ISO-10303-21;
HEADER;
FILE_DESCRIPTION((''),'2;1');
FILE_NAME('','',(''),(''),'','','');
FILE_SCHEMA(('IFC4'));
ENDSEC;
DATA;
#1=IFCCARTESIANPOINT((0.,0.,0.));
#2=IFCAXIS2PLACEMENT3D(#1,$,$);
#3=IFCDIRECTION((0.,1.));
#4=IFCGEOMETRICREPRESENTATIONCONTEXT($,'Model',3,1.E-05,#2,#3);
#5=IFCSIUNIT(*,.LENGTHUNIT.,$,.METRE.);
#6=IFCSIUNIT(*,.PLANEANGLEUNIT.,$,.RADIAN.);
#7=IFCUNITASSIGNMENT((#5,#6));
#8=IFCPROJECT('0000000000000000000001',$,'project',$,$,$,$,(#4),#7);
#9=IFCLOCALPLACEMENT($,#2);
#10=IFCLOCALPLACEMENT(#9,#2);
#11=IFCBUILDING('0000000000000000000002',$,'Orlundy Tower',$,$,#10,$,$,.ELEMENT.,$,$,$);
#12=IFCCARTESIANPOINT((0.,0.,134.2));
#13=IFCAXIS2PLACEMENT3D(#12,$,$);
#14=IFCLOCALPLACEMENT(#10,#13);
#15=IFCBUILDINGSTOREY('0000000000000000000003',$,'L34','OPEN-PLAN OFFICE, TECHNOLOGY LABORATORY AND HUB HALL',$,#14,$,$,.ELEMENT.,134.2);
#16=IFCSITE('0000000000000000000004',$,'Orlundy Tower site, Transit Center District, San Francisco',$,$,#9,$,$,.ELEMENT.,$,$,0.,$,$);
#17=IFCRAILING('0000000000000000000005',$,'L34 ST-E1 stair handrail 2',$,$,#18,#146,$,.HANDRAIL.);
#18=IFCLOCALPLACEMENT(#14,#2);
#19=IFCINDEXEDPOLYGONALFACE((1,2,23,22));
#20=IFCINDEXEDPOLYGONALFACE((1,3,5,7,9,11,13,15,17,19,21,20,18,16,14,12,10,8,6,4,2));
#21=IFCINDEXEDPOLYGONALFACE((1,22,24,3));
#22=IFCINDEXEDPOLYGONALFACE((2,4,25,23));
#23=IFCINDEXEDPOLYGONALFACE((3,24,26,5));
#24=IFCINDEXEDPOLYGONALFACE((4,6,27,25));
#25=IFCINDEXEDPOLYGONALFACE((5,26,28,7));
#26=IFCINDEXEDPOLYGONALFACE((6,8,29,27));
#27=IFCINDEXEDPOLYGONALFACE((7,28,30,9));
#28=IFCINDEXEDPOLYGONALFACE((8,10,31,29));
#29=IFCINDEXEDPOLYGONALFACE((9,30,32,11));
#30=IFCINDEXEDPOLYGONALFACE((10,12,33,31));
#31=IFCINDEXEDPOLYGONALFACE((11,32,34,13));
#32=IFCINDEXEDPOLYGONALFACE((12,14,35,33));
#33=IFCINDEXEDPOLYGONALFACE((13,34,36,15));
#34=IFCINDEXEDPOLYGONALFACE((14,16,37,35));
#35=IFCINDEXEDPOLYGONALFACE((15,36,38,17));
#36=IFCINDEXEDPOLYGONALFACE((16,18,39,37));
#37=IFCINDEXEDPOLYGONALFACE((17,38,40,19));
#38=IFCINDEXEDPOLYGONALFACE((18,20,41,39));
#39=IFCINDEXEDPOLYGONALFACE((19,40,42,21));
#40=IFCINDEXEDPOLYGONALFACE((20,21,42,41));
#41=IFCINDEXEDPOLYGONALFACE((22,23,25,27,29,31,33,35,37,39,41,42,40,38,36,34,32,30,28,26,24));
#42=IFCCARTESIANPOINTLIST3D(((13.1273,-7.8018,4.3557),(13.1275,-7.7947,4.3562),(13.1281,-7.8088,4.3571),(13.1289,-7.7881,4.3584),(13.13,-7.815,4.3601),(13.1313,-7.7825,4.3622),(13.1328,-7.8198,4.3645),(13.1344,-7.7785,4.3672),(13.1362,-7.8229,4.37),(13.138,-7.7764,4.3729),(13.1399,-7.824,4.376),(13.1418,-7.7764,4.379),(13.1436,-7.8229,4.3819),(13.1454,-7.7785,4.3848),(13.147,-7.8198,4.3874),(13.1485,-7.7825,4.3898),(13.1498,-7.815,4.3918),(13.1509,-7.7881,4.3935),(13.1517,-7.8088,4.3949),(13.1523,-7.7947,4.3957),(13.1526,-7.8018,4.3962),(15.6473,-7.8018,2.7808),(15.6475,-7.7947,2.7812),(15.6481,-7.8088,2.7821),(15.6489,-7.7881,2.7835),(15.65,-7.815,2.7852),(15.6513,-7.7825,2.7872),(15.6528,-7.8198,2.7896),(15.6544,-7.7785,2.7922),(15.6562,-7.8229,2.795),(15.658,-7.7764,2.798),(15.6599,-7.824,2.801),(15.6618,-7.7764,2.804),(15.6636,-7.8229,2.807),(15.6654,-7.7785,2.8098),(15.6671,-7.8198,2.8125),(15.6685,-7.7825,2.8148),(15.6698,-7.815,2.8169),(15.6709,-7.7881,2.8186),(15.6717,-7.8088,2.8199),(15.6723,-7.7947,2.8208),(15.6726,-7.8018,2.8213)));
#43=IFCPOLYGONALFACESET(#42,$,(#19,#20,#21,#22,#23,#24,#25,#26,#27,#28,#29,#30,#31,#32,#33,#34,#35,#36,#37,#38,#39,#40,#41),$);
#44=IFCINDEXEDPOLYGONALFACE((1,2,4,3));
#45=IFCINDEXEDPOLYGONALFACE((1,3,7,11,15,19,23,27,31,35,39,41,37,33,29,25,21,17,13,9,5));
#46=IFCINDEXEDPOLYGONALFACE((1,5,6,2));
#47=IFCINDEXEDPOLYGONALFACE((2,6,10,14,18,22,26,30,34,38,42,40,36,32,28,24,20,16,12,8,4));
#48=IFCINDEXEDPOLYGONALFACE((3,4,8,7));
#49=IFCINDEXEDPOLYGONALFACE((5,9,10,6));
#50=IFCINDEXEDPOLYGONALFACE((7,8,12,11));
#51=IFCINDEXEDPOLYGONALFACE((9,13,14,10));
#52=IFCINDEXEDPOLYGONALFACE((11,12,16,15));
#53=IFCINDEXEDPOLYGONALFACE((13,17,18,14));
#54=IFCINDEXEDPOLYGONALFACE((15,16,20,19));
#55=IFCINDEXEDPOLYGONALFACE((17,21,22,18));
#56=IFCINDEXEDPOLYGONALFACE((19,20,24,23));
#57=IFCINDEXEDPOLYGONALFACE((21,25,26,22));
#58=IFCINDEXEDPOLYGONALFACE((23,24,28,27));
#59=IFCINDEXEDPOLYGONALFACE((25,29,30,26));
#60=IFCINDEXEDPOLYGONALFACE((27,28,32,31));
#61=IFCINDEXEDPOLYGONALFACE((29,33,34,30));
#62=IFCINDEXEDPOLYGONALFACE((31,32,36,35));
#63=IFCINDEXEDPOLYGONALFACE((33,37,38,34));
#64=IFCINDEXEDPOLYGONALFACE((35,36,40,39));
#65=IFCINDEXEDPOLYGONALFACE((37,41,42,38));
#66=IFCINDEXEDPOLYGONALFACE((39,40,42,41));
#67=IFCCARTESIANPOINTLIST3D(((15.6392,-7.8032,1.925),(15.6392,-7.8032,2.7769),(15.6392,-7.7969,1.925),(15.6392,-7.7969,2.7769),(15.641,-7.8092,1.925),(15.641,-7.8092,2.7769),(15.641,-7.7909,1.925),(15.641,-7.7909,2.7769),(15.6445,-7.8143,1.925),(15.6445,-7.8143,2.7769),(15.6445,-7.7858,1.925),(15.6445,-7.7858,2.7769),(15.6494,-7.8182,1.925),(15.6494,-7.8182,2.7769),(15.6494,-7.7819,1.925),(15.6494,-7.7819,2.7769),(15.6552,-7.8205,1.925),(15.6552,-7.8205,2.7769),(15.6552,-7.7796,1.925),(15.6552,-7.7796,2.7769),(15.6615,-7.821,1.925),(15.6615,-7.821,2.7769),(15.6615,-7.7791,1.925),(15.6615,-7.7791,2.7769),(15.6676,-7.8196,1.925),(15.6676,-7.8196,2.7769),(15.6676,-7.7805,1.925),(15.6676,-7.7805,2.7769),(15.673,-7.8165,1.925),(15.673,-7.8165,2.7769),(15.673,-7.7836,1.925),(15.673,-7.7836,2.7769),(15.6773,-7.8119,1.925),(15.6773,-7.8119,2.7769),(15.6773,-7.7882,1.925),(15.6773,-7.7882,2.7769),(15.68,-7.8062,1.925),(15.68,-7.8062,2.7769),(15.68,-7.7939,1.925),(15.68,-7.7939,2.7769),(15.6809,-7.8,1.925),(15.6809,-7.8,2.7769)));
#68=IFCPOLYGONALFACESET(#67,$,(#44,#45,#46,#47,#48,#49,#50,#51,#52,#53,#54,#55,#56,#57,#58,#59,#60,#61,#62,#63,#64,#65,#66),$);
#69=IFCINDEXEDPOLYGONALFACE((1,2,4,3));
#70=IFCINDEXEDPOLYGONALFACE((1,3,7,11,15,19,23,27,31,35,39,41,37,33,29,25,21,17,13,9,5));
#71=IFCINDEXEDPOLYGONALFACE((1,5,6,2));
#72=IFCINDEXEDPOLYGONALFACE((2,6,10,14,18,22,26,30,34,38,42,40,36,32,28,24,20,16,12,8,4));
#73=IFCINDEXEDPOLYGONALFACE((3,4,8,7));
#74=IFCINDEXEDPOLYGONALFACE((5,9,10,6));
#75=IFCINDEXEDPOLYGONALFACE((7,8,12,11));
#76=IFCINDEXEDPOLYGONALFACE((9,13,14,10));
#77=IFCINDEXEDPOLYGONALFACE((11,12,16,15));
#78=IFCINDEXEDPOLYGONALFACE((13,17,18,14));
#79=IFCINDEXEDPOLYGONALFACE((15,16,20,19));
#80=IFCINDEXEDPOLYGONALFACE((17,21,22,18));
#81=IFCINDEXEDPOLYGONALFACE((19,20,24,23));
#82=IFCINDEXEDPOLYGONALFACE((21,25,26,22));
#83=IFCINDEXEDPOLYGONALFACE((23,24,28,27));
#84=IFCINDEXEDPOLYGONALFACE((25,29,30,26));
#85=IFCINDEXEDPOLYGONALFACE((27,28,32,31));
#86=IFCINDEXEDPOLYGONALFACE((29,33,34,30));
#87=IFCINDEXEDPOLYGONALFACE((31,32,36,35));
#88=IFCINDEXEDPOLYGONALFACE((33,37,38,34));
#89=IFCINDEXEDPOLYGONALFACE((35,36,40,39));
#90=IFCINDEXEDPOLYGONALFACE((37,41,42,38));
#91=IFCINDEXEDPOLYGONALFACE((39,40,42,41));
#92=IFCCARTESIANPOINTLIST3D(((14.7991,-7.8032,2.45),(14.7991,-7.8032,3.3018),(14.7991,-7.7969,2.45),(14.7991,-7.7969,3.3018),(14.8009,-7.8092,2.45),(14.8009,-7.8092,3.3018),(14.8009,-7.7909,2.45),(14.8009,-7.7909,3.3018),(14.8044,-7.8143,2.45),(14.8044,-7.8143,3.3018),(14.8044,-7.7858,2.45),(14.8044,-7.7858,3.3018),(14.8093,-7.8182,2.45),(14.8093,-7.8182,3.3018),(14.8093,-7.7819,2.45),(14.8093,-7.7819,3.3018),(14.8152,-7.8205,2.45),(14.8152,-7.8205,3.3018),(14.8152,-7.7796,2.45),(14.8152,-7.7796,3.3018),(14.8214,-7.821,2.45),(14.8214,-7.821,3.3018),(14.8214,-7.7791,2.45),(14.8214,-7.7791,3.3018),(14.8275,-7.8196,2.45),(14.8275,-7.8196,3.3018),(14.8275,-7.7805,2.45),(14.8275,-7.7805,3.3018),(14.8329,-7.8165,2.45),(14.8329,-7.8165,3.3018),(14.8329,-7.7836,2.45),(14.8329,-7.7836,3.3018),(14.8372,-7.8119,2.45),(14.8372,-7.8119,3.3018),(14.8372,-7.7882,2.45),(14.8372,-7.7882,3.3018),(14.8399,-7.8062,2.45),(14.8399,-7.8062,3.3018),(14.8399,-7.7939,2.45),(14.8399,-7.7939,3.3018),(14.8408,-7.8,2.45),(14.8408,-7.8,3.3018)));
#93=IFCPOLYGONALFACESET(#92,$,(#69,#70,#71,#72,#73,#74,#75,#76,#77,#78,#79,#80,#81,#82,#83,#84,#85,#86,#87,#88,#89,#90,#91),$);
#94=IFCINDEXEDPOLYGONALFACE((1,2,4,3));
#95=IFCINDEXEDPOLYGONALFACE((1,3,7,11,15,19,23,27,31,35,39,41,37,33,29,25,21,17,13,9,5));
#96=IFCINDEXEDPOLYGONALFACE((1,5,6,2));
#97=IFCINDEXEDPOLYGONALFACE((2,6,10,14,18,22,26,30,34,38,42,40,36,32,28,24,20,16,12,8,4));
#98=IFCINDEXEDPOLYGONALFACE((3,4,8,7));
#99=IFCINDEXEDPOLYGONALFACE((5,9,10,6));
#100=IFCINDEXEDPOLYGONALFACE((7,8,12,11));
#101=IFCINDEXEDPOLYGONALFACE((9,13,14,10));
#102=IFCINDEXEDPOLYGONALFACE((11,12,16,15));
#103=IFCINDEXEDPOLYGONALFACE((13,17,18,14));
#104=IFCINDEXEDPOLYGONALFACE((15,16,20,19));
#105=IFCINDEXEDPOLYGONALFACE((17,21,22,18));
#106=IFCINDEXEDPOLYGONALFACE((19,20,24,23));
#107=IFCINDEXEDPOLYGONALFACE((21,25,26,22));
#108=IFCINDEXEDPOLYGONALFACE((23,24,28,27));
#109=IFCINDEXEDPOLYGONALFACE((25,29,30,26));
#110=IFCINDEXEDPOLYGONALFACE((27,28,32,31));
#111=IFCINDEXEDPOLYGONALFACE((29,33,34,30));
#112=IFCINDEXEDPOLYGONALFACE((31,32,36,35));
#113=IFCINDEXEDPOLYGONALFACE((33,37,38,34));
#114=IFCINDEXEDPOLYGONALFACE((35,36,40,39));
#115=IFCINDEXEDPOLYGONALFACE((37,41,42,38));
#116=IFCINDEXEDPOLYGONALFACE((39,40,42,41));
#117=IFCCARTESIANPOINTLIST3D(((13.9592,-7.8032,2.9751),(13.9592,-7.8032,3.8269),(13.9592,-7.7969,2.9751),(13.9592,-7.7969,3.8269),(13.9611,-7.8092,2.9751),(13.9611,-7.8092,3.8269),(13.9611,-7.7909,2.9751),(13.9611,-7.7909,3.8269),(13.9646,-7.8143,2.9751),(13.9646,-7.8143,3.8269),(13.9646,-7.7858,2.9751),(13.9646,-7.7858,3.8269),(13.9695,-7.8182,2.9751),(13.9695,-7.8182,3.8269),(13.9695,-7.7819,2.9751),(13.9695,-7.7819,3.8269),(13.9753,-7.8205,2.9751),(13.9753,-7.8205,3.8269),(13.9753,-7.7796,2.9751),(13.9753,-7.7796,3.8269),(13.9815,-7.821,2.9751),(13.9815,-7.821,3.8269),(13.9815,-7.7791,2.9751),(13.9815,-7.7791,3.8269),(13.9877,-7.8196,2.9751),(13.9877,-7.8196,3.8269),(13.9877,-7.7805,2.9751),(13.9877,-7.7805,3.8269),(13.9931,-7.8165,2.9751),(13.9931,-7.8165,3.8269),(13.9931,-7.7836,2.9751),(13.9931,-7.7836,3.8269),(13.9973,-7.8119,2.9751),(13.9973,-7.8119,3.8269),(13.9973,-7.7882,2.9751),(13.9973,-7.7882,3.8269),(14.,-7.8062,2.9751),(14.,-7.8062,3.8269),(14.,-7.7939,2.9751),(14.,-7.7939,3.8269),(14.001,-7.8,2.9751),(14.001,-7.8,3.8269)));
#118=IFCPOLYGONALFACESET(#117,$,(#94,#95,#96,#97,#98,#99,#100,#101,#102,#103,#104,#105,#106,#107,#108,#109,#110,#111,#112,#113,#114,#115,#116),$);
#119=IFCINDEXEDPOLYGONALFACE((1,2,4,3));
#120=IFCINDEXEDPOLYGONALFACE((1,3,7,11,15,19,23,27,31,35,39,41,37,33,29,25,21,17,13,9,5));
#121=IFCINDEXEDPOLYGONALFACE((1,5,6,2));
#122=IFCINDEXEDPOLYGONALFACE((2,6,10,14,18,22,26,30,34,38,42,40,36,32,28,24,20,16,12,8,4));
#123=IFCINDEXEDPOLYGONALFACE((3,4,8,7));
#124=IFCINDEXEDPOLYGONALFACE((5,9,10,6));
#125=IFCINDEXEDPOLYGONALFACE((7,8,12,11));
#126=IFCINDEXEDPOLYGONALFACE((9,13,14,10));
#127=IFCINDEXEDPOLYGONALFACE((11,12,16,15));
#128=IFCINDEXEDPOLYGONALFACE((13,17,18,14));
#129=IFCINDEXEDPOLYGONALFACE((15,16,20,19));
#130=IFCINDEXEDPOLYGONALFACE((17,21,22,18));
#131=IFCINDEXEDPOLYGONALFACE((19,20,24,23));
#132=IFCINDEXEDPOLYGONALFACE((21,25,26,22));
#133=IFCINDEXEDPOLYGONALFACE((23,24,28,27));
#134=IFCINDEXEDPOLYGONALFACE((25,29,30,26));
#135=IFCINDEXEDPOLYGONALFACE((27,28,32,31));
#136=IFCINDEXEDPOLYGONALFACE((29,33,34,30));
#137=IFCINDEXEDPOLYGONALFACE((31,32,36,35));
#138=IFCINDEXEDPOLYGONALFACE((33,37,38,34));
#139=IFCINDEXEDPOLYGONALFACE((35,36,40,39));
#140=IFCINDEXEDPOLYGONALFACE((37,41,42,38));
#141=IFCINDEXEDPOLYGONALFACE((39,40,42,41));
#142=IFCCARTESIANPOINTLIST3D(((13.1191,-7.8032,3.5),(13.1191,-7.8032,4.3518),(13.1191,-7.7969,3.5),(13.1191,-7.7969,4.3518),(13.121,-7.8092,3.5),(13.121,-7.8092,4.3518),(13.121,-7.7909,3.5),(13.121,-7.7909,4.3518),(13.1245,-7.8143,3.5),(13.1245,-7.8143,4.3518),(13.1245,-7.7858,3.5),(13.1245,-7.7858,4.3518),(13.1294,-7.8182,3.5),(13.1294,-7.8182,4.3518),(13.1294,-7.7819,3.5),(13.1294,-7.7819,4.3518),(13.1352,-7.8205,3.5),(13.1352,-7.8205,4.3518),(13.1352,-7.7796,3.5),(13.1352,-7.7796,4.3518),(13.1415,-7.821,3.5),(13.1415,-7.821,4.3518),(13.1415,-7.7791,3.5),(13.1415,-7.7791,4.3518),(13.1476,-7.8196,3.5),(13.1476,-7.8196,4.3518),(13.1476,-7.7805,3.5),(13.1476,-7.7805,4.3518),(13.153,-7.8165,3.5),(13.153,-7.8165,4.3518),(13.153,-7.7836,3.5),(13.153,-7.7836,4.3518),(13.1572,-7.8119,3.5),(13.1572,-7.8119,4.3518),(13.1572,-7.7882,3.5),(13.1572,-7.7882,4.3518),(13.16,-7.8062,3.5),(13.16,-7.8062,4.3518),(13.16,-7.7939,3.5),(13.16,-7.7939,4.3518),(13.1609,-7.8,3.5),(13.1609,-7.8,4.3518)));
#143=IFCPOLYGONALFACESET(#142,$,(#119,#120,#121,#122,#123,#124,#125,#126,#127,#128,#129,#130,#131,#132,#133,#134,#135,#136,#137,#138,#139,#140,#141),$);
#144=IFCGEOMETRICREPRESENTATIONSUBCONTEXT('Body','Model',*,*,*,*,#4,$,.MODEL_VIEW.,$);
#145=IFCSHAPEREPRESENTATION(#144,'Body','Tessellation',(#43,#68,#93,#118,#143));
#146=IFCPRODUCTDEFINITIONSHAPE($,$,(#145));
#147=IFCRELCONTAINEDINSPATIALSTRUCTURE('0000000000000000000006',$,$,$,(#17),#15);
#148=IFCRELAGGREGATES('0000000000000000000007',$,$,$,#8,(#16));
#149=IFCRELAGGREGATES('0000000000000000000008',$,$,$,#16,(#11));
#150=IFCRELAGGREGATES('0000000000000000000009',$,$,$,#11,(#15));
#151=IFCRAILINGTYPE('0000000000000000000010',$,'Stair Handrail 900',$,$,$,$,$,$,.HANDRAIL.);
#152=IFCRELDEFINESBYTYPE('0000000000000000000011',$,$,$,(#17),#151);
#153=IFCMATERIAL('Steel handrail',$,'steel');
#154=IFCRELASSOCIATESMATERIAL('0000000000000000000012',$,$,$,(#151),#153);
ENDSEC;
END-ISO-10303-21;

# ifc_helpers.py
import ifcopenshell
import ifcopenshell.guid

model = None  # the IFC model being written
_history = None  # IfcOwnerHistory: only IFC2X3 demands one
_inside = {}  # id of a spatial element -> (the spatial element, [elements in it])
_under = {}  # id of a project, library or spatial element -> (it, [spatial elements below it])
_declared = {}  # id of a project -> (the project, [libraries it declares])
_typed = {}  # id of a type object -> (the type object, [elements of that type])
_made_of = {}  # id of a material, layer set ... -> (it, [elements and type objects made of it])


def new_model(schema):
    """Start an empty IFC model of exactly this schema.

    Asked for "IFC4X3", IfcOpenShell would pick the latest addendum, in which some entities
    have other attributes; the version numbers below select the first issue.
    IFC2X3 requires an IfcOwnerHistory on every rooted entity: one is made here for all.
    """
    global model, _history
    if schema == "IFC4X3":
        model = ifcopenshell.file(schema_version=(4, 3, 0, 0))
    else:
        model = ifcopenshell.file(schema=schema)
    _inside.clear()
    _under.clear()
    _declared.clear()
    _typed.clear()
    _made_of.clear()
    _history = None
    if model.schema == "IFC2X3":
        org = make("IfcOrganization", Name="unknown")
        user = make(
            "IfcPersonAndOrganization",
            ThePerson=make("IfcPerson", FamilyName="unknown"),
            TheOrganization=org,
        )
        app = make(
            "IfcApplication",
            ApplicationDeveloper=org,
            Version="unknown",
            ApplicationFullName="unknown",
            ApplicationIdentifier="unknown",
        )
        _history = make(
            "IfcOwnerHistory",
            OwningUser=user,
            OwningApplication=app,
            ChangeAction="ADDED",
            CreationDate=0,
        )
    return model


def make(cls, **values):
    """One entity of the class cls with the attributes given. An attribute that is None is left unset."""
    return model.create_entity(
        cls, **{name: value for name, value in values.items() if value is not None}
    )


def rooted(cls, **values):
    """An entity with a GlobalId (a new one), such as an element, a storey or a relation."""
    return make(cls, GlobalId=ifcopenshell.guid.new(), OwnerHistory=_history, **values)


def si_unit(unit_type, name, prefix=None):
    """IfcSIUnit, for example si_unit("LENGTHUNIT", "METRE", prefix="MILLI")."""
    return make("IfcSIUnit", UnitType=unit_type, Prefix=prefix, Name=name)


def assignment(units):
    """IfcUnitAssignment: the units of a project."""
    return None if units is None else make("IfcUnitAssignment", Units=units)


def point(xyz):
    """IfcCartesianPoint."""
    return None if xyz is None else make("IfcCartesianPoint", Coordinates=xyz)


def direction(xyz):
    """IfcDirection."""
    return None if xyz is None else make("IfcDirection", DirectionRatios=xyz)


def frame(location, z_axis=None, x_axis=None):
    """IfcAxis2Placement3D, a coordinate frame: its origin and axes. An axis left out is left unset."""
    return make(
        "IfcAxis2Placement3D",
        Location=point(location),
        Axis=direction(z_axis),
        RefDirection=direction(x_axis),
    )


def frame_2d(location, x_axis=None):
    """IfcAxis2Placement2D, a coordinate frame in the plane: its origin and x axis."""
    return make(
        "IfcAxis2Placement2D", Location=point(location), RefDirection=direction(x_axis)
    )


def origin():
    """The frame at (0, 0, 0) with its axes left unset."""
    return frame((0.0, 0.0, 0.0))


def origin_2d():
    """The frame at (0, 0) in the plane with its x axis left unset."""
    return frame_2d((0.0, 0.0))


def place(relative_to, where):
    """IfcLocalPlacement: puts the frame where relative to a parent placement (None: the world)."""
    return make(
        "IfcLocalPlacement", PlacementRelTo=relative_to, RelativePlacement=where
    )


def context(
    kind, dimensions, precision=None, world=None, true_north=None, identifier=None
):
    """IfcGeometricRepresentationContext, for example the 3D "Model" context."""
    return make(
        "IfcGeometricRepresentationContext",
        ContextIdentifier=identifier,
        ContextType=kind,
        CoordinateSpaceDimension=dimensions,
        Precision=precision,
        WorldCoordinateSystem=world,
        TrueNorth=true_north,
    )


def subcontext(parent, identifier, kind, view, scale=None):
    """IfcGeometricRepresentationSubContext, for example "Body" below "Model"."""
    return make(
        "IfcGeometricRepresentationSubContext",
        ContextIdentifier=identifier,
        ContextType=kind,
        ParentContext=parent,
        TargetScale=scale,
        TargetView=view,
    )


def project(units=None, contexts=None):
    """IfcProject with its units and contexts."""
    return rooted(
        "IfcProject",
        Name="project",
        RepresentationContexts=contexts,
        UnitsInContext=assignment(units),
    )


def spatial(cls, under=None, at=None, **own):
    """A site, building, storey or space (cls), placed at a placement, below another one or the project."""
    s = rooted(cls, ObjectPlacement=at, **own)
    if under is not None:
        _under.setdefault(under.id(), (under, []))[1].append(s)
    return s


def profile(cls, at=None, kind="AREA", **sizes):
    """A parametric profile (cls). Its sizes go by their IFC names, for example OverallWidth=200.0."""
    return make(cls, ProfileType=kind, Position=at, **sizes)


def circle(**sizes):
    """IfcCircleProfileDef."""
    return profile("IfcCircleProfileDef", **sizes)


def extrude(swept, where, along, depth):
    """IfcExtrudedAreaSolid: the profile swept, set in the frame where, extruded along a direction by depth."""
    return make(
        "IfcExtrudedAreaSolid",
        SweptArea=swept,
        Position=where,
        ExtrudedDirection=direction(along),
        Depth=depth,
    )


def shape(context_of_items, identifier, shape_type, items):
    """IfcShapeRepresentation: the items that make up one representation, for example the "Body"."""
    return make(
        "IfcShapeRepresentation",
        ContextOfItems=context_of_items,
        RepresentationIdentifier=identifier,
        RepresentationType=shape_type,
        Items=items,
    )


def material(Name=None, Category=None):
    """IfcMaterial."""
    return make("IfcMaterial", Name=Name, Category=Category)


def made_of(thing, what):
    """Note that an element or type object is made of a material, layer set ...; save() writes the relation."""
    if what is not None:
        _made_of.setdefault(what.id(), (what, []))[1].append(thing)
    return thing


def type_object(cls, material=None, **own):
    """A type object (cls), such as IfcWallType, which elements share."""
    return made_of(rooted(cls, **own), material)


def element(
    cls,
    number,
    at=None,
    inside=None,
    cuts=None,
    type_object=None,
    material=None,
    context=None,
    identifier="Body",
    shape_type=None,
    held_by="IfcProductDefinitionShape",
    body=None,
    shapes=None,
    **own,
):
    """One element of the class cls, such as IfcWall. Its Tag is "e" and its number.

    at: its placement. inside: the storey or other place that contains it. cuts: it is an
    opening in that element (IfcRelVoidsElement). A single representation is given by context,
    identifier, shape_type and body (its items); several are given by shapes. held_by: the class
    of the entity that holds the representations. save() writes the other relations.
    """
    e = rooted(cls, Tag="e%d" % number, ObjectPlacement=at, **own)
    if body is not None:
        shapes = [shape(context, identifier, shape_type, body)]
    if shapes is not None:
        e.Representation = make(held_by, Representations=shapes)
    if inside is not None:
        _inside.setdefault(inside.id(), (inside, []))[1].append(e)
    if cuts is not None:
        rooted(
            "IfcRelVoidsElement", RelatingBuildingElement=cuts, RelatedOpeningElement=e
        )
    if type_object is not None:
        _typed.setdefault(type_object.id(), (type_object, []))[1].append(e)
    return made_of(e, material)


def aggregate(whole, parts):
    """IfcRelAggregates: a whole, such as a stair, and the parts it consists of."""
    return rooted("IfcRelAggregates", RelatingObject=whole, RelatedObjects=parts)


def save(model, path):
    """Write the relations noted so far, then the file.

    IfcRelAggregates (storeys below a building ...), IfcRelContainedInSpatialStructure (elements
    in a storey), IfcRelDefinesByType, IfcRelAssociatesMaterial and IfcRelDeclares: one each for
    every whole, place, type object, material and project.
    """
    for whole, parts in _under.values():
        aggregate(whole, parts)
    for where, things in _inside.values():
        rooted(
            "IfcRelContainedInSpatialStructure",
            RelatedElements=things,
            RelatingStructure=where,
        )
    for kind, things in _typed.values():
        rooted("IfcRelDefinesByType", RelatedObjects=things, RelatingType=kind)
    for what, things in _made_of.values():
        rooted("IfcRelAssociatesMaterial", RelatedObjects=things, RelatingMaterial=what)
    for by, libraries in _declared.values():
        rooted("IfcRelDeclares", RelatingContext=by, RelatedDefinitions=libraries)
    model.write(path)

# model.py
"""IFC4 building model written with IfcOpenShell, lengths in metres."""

from ifc_helpers import new_model, si_unit, direction, frame, origin, origin_2d, place, context, subcontext, project, spatial, circle, extrude, material, type_object, element, save


model = new_model("IFC4")

# Units and contexts
model_context = context("Model", 3, precision=1e-05, world=origin(), true_north=direction((0.0, 1.0)))
body_context = subcontext(model_context, "Body", "Model", "MODEL_VIEW")
ifc_project = project(units=[si_unit("LENGTHUNIT", "METRE"), si_unit("PLANEANGLEUNIT", "RADIAN")], contexts=[model_context])

# Site, building, storey
site_placement = place(None, origin())
site = spatial("IfcSite", under=ifc_project, at=site_placement, Name="Orlundy Tower site, Transit Center District, San Francisco", CompositionType="ELEMENT", RefElevation=0.0)
building_placement = place(site_placement, origin())
building = spatial("IfcBuilding", under=site, at=building_placement, Name="Orlundy Tower", CompositionType="ELEMENT")
storey_placement = place(building_placement, frame((0.0, 0.0, 134.2)))
storey = spatial("IfcBuildingStorey", under=building, at=storey_placement, Name="L34", Description="OPEN-PLAN OFFICE, TECHNOLOGY LABORATORY AND HUB HALL", CompositionType="ELEMENT", Elevation=134.2)

# Railing
ifc_material_1 = material(Name="Steel handrail", Category="steel")
railing_type_1 = type_object("IfcRailingType", Name="Stair Handrail 900", PredefinedType="HANDRAIL", material=ifc_material_1)
railing_1_placement = place(storey_placement, frame((15.6599, -7.8, 1.925)))
element("IfcRailing", 1, at=railing_1_placement, inside=storey, type_object=railing_type_1, Name="L34 ST-E1 stair handrail 2", PredefinedType="HANDRAIL", context=body_context, shape_type="SweptSolid", body=[
    extrude(circle(Radius=0.0239, at=origin_2d()), frame((0.0, 0.0, 0.876), z_axis=(-0.848008, 0.0, 0.529984), x_axis=(0.0, -1.0, 0.0)), (0.0, 0.0, 1.0), 2.9717),
    extrude(circle(Radius=0.021, at=origin_2d()), origin(), (0.0, 0.0, 1.0), 0.8518),
    extrude(circle(Radius=0.021, at=origin_2d()), frame((-0.8401, 0.0, 0.5249)), (0.0, 0.0, 1.0), 0.8518),
    extrude(circle(Radius=0.021, at=origin_2d()), frame((-1.6799, 0.0, 1.05)), (0.0, 0.0, 1.0), 0.8518),
    extrude(circle(Radius=0.021, at=origin_2d()), frame((-2.52, 0.0, 1.575)), (0.0, 0.0, 1.0), 0.8518),
])

save(model, "model.ifc")
